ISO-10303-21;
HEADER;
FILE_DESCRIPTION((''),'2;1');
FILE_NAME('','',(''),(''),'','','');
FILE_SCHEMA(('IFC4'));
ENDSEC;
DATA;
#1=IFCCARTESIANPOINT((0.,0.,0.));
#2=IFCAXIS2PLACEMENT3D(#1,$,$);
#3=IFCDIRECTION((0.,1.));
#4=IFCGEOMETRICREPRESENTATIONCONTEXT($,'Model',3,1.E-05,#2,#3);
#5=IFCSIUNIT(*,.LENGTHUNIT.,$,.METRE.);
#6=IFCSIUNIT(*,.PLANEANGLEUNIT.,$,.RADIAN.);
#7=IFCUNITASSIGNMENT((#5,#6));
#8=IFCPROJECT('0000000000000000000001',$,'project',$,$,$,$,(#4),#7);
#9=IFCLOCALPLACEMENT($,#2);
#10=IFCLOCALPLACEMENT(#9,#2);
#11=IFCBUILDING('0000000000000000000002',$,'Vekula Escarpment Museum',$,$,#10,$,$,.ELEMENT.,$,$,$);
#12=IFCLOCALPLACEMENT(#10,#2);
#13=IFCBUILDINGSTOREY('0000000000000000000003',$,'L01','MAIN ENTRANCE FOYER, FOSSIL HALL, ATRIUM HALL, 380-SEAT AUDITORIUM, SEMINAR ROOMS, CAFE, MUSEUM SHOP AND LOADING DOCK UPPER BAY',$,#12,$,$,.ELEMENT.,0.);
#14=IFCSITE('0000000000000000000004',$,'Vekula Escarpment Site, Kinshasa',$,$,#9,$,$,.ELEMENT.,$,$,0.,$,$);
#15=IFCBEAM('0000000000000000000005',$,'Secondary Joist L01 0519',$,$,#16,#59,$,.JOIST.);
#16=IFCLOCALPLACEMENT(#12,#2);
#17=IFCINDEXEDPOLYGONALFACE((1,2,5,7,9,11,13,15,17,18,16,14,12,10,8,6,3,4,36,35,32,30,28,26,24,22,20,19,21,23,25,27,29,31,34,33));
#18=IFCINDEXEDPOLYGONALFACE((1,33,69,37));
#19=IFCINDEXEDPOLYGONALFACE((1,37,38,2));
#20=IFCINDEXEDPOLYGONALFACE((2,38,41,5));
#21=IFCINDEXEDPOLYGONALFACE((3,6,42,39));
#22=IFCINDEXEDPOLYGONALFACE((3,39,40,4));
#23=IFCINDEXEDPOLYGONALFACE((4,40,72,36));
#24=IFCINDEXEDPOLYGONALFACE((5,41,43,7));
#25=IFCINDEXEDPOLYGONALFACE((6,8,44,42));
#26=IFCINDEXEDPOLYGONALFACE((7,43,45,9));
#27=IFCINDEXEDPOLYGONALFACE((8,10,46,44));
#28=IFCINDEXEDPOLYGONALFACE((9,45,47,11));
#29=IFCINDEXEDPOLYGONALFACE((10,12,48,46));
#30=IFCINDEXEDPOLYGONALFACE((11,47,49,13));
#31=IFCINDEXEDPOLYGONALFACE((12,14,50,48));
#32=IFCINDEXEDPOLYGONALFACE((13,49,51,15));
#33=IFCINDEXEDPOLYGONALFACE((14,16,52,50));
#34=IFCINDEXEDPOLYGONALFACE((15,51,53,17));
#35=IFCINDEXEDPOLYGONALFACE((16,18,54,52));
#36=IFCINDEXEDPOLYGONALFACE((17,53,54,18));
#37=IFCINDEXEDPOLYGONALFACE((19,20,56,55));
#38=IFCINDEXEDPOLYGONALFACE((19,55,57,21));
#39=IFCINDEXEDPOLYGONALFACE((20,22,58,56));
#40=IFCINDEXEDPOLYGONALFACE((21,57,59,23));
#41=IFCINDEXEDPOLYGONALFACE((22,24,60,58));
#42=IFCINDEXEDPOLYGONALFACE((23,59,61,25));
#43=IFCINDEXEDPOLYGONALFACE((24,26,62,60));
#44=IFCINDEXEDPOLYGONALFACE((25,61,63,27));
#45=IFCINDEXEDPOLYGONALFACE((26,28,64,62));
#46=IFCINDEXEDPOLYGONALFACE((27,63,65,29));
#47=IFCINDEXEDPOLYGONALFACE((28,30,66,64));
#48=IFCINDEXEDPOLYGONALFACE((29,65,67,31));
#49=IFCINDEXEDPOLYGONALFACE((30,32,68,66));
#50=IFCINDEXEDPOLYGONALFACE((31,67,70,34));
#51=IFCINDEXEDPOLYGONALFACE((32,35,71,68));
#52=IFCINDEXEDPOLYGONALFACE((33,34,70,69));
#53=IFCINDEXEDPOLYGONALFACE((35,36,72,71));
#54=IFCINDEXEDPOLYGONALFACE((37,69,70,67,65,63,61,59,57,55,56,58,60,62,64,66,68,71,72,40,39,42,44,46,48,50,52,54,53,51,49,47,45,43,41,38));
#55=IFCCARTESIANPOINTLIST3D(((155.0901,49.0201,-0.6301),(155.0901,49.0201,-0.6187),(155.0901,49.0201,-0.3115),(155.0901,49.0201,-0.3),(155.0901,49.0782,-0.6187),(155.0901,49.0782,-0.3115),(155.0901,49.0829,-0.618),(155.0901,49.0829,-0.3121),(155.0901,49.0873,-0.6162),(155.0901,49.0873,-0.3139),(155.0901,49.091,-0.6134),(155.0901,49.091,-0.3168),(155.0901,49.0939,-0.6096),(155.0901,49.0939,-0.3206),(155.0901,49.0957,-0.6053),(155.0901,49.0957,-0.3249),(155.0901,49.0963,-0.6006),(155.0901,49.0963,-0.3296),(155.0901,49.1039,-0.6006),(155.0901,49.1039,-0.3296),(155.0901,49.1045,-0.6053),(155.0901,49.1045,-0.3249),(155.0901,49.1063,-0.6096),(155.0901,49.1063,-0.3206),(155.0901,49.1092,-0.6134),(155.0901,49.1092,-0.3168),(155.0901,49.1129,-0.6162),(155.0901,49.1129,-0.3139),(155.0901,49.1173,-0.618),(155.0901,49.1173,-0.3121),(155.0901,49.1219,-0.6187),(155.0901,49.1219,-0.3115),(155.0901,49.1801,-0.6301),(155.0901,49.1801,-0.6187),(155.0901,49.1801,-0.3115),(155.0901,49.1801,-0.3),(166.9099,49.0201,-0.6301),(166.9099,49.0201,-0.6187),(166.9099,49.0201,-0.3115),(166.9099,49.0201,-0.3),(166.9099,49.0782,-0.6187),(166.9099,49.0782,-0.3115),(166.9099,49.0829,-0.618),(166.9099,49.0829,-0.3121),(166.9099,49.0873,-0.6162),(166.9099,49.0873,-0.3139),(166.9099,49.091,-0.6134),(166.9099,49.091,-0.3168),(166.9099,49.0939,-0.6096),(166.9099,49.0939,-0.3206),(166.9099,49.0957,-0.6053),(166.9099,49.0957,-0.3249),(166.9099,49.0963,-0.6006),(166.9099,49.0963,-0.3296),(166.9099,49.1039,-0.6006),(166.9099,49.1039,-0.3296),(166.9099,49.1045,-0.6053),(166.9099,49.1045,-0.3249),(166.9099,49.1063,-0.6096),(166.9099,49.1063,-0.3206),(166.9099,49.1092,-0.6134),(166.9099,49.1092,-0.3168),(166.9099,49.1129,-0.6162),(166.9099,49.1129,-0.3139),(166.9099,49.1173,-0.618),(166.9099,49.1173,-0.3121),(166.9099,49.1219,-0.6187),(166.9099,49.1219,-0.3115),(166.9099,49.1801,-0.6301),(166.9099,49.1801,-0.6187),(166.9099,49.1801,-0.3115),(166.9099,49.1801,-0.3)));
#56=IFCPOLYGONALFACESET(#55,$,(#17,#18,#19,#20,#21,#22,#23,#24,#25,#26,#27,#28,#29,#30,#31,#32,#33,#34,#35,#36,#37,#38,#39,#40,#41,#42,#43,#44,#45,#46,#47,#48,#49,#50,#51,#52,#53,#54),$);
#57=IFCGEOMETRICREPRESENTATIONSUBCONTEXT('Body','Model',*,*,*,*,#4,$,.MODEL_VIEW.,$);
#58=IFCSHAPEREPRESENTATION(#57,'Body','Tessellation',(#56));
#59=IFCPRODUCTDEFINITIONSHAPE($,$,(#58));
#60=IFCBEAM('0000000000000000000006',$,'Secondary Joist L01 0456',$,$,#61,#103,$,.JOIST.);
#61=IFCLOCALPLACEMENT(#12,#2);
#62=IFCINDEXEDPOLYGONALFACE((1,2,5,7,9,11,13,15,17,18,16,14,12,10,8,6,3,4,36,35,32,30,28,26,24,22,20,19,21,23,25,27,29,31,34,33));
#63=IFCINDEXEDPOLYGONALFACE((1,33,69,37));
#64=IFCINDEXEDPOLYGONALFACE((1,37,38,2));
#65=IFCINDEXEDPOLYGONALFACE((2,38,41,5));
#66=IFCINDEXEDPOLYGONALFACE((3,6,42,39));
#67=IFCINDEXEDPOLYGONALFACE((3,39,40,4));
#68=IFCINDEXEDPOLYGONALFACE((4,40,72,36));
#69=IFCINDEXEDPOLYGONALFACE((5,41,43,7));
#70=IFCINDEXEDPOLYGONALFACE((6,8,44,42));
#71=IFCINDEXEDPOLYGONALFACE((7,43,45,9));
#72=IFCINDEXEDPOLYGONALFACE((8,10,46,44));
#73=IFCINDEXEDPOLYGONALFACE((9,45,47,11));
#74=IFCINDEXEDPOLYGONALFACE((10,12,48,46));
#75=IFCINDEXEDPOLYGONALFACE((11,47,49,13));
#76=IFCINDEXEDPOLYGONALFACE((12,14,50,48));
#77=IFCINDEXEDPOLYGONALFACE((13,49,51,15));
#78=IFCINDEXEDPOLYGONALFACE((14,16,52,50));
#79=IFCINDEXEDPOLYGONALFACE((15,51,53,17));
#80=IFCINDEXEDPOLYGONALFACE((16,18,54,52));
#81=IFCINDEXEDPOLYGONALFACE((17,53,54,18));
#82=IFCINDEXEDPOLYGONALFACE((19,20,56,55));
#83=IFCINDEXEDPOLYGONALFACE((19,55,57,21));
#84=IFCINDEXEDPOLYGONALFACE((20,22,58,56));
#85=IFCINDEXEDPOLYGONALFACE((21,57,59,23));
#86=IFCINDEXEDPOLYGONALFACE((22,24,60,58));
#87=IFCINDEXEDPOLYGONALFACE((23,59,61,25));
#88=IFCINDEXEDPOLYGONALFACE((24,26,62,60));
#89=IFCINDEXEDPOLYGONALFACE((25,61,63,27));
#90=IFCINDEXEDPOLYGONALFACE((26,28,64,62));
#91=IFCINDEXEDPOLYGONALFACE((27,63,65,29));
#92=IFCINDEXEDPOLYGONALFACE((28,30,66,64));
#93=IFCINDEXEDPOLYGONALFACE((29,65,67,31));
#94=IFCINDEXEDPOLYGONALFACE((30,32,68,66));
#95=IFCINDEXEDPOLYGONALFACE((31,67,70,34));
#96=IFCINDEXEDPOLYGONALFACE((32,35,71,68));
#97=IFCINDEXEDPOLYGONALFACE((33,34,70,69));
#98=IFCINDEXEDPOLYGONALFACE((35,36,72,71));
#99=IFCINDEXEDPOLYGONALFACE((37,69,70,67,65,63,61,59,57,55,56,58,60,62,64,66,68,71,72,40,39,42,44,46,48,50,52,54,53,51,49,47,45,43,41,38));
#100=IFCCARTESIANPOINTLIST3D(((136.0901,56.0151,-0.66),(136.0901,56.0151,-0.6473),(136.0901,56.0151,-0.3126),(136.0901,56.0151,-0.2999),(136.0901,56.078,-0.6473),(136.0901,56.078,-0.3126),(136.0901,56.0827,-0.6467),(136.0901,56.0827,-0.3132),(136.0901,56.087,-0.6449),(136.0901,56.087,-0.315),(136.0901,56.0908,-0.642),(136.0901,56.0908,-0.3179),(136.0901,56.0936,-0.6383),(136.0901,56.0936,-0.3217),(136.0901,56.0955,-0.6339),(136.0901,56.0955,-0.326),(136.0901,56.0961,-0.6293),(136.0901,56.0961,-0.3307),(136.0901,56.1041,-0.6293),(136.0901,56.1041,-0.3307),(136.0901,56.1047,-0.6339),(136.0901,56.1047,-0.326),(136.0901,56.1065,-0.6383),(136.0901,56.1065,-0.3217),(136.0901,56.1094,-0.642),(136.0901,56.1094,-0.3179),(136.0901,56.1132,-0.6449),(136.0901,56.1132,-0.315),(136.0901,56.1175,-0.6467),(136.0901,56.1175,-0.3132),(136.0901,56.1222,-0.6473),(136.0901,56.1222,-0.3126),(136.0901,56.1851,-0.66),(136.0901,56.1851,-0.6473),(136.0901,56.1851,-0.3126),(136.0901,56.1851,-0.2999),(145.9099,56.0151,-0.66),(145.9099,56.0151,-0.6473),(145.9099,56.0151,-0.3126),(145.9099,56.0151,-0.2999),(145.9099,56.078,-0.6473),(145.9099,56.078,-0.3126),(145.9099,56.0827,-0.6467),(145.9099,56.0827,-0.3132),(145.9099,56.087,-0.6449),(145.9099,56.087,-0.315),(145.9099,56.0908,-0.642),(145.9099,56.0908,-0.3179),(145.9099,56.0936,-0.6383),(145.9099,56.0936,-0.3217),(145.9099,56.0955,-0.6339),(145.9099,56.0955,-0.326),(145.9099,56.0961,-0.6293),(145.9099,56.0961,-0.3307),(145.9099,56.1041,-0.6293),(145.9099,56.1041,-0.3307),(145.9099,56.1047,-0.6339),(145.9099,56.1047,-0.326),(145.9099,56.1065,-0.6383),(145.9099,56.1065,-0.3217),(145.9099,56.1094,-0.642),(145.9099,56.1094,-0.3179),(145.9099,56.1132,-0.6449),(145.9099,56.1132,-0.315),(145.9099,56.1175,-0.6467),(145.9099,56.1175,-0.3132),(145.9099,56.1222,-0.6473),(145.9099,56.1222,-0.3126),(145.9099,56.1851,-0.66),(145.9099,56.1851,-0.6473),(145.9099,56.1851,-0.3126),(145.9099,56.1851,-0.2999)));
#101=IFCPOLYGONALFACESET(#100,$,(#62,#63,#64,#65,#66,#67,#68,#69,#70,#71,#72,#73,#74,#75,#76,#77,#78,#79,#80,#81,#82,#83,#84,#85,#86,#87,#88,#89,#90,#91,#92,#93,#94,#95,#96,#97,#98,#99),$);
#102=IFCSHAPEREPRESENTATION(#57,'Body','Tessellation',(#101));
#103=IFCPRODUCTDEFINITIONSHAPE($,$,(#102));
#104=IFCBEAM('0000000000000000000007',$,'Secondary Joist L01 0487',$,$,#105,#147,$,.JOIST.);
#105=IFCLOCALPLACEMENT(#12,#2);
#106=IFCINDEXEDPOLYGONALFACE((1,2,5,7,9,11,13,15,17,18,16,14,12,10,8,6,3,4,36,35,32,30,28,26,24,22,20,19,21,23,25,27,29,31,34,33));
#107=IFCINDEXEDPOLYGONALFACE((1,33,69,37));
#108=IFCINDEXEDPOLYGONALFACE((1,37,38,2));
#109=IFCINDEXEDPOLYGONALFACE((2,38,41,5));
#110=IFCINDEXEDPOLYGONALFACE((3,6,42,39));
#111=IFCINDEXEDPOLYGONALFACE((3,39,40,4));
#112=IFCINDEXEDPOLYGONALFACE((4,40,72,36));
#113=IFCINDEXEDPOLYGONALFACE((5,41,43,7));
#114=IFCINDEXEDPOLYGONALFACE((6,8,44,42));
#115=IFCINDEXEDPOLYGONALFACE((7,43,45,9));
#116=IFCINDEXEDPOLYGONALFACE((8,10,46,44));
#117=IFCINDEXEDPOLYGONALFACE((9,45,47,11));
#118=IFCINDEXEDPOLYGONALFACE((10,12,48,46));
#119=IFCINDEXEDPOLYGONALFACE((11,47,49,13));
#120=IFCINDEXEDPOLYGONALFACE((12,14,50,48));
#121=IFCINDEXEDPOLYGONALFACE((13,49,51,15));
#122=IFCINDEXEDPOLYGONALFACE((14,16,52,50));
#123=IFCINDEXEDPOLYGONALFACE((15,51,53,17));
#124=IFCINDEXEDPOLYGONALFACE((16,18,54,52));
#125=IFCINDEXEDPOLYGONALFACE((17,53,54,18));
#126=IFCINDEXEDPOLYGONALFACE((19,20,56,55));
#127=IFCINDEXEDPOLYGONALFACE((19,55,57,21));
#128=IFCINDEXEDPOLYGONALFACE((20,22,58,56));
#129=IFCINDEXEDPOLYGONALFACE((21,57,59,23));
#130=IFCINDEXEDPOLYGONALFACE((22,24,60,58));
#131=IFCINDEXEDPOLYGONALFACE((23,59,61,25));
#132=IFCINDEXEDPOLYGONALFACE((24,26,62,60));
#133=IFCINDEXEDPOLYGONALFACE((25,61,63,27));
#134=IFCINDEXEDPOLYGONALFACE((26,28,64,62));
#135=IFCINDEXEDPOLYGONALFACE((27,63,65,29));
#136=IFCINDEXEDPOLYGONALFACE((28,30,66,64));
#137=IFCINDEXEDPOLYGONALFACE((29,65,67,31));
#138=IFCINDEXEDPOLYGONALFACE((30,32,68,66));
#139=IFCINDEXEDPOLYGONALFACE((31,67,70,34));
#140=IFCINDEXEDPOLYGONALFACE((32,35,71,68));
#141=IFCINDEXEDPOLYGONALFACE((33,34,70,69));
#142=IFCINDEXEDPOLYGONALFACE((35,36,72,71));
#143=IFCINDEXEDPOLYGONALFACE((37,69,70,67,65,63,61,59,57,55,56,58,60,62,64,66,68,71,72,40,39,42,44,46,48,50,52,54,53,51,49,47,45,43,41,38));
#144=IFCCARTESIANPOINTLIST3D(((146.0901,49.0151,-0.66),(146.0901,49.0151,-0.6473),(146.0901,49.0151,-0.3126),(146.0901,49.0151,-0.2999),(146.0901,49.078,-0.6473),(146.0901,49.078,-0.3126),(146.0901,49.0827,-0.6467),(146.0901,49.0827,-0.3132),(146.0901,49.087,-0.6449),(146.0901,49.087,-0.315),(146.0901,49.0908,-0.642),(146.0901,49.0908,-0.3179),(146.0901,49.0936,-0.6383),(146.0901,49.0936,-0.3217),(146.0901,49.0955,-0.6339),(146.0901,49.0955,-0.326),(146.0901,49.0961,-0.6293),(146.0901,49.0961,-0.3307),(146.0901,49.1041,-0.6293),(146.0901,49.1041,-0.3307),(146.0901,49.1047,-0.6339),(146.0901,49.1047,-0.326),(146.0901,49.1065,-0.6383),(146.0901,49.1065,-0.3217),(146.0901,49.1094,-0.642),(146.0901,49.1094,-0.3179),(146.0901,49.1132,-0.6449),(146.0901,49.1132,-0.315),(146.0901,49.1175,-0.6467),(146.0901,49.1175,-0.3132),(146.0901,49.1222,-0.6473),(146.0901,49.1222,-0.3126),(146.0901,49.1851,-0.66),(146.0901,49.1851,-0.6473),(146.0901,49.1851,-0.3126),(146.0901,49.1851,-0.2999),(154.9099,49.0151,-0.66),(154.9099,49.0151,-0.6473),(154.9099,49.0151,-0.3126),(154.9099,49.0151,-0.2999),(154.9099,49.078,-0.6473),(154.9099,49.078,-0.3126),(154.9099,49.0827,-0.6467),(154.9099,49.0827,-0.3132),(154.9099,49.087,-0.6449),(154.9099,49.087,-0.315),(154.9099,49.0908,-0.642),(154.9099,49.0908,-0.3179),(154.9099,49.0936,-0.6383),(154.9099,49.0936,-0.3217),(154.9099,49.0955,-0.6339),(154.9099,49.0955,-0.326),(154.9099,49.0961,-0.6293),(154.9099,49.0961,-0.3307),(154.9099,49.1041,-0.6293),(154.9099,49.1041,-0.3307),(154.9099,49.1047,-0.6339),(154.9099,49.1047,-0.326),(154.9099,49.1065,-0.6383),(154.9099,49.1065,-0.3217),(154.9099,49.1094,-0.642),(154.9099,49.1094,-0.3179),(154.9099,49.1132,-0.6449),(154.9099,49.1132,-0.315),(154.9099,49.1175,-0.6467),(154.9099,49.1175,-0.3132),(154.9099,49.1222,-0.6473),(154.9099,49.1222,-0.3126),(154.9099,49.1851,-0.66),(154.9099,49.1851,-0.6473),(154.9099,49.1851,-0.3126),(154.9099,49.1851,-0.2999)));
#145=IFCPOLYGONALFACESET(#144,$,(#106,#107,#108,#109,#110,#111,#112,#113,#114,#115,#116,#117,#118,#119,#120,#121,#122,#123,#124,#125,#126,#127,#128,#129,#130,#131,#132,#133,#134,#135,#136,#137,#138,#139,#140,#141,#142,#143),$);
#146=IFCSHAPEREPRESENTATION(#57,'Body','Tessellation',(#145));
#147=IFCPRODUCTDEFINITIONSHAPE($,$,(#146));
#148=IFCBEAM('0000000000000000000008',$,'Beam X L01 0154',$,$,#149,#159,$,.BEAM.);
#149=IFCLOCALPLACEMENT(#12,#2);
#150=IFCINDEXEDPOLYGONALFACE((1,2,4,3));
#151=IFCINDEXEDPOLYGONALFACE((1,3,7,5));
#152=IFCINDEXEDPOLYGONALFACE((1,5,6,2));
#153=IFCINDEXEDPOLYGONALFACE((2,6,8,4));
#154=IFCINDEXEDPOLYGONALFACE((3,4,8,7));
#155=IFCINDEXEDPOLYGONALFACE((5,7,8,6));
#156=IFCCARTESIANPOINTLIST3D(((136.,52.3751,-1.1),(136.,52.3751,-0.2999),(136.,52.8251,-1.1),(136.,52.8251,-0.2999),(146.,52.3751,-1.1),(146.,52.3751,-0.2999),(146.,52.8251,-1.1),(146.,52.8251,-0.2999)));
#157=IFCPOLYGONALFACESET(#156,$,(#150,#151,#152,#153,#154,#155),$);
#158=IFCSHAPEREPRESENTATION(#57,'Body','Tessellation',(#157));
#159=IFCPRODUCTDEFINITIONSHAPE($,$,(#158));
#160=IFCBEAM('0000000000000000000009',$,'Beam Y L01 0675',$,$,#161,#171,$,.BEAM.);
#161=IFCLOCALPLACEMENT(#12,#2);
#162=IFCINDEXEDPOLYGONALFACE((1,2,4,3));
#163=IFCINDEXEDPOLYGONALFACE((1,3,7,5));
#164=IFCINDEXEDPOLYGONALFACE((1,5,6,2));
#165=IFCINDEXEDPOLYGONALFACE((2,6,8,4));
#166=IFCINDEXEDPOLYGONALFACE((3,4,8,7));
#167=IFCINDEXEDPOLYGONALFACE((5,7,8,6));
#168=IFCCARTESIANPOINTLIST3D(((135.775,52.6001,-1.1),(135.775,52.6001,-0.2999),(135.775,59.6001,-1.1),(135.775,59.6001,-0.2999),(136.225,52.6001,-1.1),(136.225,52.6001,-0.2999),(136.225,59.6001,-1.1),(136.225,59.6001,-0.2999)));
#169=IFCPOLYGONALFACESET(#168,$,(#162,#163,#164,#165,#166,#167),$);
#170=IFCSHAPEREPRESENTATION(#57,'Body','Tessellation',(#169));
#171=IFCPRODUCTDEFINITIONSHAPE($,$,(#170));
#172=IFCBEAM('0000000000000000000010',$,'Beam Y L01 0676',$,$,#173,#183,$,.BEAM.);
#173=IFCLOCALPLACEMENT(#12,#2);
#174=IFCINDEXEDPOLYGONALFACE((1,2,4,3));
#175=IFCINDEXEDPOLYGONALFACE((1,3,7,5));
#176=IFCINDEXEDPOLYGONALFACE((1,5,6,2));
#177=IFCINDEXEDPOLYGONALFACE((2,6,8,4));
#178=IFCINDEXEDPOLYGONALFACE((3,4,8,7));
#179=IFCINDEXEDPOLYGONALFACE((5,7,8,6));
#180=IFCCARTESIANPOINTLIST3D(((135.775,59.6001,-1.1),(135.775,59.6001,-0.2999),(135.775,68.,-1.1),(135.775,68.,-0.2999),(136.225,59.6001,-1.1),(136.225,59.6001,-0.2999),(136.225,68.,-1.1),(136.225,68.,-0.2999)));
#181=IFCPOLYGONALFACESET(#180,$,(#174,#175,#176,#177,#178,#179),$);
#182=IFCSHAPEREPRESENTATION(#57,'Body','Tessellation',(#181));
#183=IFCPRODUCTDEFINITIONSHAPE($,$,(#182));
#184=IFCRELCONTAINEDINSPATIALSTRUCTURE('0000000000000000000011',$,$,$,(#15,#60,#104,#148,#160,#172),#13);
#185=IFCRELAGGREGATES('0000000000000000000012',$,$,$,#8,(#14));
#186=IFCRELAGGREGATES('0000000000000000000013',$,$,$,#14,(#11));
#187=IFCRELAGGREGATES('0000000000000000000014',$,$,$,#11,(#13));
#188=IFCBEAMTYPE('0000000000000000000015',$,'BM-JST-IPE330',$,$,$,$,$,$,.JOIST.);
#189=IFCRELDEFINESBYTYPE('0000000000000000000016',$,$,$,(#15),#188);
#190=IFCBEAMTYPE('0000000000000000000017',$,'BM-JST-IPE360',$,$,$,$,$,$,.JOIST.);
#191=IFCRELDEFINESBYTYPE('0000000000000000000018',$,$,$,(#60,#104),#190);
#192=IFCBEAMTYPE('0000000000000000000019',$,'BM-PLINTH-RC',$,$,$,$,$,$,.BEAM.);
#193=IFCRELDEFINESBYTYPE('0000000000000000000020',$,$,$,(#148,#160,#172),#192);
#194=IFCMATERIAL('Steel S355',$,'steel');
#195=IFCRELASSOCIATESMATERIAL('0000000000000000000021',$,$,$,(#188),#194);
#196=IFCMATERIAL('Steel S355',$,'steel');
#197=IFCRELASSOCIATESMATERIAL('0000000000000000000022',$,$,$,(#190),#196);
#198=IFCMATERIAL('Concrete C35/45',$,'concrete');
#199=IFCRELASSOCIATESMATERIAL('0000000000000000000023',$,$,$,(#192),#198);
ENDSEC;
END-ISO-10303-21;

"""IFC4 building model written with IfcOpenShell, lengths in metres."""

from ifc_helpers import new_model, si_unit, direction, frame, origin, origin_2d, place, context, subcontext, project, spatial, rectangle, i_section, extrude, material, material_profile, profile_set, type_object, element, save


model = new_model("IFC4")

# Units and contexts
model_context = context("Model", 3, precision=1e-05, world=origin(), true_north=direction((0.0, 1.0)))
body_context = subcontext(model_context, "Body", "Model", "MODEL_VIEW")
ifc_project = project(units=[si_unit("LENGTHUNIT", "METRE"), si_unit("PLANEANGLEUNIT", "RADIAN")], contexts=[model_context])

# Site, building, storey
site_placement = place(None, origin())
site = spatial("IfcSite", under=ifc_project, at=site_placement, Name="Vekula Escarpment Site, Kinshasa", CompositionType="ELEMENT", RefElevation=0.0)
building_placement = place(site_placement, origin())
building = spatial("IfcBuilding", under=site, at=building_placement, Name="Vekula Escarpment Museum", CompositionType="ELEMENT")
storey_placement = place(building_placement, origin())
storey = spatial("IfcBuildingStorey", under=building, at=storey_placement, Name="L01", Description="MAIN ENTRANCE FOYER, FOSSIL HALL, ATRIUM HALL, 380-SEAT AUDITORIUM, SEMINAR ROOMS, CAFE, MUSEUM SHOP AND LOADING DOCK UPPER BAY", CompositionType="ELEMENT", Elevation=0.0)

# Beams
ifc_material_1 = material(Name="Steel S355", Category="steel")
ifc_material_profile_1 = material_profile(ifc_material_1, i_section(OverallWidth=0.1599, OverallDepth=0.3301, WebThickness=0.0076, FlangeThickness=0.0115, FilletRadius=0.0181, at=origin_2d()), Name="IPE 330")
ifc_profile_set_1 = profile_set([ifc_material_profile_1], Name="Steel S355")
beam_type_1 = type_object("IfcBeamType", Name="BM-JST-IPE330", PredefinedType="JOIST", material=ifc_profile_set_1)
beam_1_placement = place(storey_placement, frame((155.0901, 49.1001, -0.4651), z_axis=(1.0, 0.0, 0.0), x_axis=(0.0, 1.0, 0.0)))
element("IfcBeam", 1, at=beam_1_placement, inside=storey, type_object=beam_type_1, Name="Secondary Joist L01 0519", PredefinedType="JOIST", context=body_context, shape_type="SweptSolid", body=[
    extrude(i_section(OverallWidth=0.1599, OverallDepth=0.3301, WebThickness=0.0076, FlangeThickness=0.0115, FilletRadius=0.0181, at=origin_2d()), origin(), (0.0, 0.0, 1.0), 11.8198),
])
ifc_material_2 = material(Name="Steel S355", Category="steel")
ifc_material_profile_2 = material_profile(ifc_material_2, i_section(OverallWidth=0.1699, OverallDepth=0.3601, WebThickness=0.0081, FlangeThickness=0.0127, FilletRadius=0.0181, at=origin_2d()), Name="IPE 360")
ifc_profile_set_2 = profile_set([ifc_material_profile_2], Name="Steel S355")
beam_type_2 = type_object("IfcBeamType", Name="BM-JST-IPE360", PredefinedType="JOIST", material=ifc_profile_set_2)
beam_2_placement = place(storey_placement, frame((136.0901, 56.1001, -0.48), z_axis=(1.0, 0.0, 0.0), x_axis=(0.0, 1.0, 0.0)))
element("IfcBeam", 2, at=beam_2_placement, inside=storey, type_object=beam_type_2, Name="Secondary Joist L01 0456", PredefinedType="JOIST", context=body_context, shape_type="SweptSolid", body=[
    extrude(i_section(OverallWidth=0.1699, OverallDepth=0.3601, WebThickness=0.0081, FlangeThickness=0.0127, FilletRadius=0.0181, at=origin_2d()), origin(), (0.0, 0.0, 1.0), 9.8198),
])
beam_3_placement = place(storey_placement, frame((146.0901, 49.1001, -0.48), z_axis=(1.0, 0.0, 0.0), x_axis=(0.0, 1.0, 0.0)))
element("IfcBeam", 3, at=beam_3_placement, inside=storey, type_object=beam_type_2, Name="Secondary Joist L01 0487", PredefinedType="JOIST", context=body_context, shape_type="SweptSolid", body=[
    extrude(i_section(OverallWidth=0.1699, OverallDepth=0.3601, WebThickness=0.0081, FlangeThickness=0.0127, FilletRadius=0.0181, at=origin_2d()), origin(), (0.0, 0.0, 1.0), 8.8198),
])
ifc_material_3 = material(Name="Concrete C35/45", Category="concrete")
ifc_material_profile_3 = material_profile(ifc_material_3, rectangle(XDim=0.45, YDim=0.8, at=origin_2d()), Name="RC 450x800")
ifc_profile_set_3 = profile_set([ifc_material_profile_3], Name="Concrete C35/45")
beam_type_3 = type_object("IfcBeamType", Name="BM-PLINTH-RC", PredefinedType="BEAM", material=ifc_profile_set_3)
beam_4_placement = place(storey_placement, frame((136.0, 52.6001, -0.7), z_axis=(1.0, 0.0, 0.0), x_axis=(0.0, 1.0, 0.0)))
element("IfcBeam", 4, at=beam_4_placement, inside=storey, type_object=beam_type_3, Name="Beam X L01 0154", PredefinedType="BEAM", context=body_context, shape_type="SweptSolid", body=[
    extrude(rectangle(XDim=0.45, YDim=0.8, at=origin_2d()), origin(), (0.0, 0.0, 1.0), 10.0),
])
beam_5_placement = place(storey_placement, frame((136.0, 52.6001, -0.7), z_axis=(0.0, 1.0, 0.0), x_axis=(-1.0, 0.0, 0.0)))
element("IfcBeam", 5, at=beam_5_placement, inside=storey, type_object=beam_type_3, Name="Beam Y L01 0675", PredefinedType="BEAM", context=body_context, shape_type="SweptSolid", body=[
    extrude(rectangle(XDim=0.45, YDim=0.8, at=origin_2d()), origin(), (0.0, 0.0, 1.0), 7.0),
])
beam_6_placement = place(storey_placement, frame((136.0, 59.6001, -0.7), z_axis=(0.0, 1.0, 0.0), x_axis=(-1.0, 0.0, 0.0)))
element("IfcBeam", 6, at=beam_6_placement, inside=storey, type_object=beam_type_3, Name="Beam Y L01 0676", PredefinedType="BEAM", context=body_context, shape_type="SweptSolid", body=[
    extrude(rectangle(XDim=0.45, YDim=0.8, at=origin_2d()), origin(), (0.0, 0.0, 1.0), 8.3999),
])

save(model, "model.ifc")
